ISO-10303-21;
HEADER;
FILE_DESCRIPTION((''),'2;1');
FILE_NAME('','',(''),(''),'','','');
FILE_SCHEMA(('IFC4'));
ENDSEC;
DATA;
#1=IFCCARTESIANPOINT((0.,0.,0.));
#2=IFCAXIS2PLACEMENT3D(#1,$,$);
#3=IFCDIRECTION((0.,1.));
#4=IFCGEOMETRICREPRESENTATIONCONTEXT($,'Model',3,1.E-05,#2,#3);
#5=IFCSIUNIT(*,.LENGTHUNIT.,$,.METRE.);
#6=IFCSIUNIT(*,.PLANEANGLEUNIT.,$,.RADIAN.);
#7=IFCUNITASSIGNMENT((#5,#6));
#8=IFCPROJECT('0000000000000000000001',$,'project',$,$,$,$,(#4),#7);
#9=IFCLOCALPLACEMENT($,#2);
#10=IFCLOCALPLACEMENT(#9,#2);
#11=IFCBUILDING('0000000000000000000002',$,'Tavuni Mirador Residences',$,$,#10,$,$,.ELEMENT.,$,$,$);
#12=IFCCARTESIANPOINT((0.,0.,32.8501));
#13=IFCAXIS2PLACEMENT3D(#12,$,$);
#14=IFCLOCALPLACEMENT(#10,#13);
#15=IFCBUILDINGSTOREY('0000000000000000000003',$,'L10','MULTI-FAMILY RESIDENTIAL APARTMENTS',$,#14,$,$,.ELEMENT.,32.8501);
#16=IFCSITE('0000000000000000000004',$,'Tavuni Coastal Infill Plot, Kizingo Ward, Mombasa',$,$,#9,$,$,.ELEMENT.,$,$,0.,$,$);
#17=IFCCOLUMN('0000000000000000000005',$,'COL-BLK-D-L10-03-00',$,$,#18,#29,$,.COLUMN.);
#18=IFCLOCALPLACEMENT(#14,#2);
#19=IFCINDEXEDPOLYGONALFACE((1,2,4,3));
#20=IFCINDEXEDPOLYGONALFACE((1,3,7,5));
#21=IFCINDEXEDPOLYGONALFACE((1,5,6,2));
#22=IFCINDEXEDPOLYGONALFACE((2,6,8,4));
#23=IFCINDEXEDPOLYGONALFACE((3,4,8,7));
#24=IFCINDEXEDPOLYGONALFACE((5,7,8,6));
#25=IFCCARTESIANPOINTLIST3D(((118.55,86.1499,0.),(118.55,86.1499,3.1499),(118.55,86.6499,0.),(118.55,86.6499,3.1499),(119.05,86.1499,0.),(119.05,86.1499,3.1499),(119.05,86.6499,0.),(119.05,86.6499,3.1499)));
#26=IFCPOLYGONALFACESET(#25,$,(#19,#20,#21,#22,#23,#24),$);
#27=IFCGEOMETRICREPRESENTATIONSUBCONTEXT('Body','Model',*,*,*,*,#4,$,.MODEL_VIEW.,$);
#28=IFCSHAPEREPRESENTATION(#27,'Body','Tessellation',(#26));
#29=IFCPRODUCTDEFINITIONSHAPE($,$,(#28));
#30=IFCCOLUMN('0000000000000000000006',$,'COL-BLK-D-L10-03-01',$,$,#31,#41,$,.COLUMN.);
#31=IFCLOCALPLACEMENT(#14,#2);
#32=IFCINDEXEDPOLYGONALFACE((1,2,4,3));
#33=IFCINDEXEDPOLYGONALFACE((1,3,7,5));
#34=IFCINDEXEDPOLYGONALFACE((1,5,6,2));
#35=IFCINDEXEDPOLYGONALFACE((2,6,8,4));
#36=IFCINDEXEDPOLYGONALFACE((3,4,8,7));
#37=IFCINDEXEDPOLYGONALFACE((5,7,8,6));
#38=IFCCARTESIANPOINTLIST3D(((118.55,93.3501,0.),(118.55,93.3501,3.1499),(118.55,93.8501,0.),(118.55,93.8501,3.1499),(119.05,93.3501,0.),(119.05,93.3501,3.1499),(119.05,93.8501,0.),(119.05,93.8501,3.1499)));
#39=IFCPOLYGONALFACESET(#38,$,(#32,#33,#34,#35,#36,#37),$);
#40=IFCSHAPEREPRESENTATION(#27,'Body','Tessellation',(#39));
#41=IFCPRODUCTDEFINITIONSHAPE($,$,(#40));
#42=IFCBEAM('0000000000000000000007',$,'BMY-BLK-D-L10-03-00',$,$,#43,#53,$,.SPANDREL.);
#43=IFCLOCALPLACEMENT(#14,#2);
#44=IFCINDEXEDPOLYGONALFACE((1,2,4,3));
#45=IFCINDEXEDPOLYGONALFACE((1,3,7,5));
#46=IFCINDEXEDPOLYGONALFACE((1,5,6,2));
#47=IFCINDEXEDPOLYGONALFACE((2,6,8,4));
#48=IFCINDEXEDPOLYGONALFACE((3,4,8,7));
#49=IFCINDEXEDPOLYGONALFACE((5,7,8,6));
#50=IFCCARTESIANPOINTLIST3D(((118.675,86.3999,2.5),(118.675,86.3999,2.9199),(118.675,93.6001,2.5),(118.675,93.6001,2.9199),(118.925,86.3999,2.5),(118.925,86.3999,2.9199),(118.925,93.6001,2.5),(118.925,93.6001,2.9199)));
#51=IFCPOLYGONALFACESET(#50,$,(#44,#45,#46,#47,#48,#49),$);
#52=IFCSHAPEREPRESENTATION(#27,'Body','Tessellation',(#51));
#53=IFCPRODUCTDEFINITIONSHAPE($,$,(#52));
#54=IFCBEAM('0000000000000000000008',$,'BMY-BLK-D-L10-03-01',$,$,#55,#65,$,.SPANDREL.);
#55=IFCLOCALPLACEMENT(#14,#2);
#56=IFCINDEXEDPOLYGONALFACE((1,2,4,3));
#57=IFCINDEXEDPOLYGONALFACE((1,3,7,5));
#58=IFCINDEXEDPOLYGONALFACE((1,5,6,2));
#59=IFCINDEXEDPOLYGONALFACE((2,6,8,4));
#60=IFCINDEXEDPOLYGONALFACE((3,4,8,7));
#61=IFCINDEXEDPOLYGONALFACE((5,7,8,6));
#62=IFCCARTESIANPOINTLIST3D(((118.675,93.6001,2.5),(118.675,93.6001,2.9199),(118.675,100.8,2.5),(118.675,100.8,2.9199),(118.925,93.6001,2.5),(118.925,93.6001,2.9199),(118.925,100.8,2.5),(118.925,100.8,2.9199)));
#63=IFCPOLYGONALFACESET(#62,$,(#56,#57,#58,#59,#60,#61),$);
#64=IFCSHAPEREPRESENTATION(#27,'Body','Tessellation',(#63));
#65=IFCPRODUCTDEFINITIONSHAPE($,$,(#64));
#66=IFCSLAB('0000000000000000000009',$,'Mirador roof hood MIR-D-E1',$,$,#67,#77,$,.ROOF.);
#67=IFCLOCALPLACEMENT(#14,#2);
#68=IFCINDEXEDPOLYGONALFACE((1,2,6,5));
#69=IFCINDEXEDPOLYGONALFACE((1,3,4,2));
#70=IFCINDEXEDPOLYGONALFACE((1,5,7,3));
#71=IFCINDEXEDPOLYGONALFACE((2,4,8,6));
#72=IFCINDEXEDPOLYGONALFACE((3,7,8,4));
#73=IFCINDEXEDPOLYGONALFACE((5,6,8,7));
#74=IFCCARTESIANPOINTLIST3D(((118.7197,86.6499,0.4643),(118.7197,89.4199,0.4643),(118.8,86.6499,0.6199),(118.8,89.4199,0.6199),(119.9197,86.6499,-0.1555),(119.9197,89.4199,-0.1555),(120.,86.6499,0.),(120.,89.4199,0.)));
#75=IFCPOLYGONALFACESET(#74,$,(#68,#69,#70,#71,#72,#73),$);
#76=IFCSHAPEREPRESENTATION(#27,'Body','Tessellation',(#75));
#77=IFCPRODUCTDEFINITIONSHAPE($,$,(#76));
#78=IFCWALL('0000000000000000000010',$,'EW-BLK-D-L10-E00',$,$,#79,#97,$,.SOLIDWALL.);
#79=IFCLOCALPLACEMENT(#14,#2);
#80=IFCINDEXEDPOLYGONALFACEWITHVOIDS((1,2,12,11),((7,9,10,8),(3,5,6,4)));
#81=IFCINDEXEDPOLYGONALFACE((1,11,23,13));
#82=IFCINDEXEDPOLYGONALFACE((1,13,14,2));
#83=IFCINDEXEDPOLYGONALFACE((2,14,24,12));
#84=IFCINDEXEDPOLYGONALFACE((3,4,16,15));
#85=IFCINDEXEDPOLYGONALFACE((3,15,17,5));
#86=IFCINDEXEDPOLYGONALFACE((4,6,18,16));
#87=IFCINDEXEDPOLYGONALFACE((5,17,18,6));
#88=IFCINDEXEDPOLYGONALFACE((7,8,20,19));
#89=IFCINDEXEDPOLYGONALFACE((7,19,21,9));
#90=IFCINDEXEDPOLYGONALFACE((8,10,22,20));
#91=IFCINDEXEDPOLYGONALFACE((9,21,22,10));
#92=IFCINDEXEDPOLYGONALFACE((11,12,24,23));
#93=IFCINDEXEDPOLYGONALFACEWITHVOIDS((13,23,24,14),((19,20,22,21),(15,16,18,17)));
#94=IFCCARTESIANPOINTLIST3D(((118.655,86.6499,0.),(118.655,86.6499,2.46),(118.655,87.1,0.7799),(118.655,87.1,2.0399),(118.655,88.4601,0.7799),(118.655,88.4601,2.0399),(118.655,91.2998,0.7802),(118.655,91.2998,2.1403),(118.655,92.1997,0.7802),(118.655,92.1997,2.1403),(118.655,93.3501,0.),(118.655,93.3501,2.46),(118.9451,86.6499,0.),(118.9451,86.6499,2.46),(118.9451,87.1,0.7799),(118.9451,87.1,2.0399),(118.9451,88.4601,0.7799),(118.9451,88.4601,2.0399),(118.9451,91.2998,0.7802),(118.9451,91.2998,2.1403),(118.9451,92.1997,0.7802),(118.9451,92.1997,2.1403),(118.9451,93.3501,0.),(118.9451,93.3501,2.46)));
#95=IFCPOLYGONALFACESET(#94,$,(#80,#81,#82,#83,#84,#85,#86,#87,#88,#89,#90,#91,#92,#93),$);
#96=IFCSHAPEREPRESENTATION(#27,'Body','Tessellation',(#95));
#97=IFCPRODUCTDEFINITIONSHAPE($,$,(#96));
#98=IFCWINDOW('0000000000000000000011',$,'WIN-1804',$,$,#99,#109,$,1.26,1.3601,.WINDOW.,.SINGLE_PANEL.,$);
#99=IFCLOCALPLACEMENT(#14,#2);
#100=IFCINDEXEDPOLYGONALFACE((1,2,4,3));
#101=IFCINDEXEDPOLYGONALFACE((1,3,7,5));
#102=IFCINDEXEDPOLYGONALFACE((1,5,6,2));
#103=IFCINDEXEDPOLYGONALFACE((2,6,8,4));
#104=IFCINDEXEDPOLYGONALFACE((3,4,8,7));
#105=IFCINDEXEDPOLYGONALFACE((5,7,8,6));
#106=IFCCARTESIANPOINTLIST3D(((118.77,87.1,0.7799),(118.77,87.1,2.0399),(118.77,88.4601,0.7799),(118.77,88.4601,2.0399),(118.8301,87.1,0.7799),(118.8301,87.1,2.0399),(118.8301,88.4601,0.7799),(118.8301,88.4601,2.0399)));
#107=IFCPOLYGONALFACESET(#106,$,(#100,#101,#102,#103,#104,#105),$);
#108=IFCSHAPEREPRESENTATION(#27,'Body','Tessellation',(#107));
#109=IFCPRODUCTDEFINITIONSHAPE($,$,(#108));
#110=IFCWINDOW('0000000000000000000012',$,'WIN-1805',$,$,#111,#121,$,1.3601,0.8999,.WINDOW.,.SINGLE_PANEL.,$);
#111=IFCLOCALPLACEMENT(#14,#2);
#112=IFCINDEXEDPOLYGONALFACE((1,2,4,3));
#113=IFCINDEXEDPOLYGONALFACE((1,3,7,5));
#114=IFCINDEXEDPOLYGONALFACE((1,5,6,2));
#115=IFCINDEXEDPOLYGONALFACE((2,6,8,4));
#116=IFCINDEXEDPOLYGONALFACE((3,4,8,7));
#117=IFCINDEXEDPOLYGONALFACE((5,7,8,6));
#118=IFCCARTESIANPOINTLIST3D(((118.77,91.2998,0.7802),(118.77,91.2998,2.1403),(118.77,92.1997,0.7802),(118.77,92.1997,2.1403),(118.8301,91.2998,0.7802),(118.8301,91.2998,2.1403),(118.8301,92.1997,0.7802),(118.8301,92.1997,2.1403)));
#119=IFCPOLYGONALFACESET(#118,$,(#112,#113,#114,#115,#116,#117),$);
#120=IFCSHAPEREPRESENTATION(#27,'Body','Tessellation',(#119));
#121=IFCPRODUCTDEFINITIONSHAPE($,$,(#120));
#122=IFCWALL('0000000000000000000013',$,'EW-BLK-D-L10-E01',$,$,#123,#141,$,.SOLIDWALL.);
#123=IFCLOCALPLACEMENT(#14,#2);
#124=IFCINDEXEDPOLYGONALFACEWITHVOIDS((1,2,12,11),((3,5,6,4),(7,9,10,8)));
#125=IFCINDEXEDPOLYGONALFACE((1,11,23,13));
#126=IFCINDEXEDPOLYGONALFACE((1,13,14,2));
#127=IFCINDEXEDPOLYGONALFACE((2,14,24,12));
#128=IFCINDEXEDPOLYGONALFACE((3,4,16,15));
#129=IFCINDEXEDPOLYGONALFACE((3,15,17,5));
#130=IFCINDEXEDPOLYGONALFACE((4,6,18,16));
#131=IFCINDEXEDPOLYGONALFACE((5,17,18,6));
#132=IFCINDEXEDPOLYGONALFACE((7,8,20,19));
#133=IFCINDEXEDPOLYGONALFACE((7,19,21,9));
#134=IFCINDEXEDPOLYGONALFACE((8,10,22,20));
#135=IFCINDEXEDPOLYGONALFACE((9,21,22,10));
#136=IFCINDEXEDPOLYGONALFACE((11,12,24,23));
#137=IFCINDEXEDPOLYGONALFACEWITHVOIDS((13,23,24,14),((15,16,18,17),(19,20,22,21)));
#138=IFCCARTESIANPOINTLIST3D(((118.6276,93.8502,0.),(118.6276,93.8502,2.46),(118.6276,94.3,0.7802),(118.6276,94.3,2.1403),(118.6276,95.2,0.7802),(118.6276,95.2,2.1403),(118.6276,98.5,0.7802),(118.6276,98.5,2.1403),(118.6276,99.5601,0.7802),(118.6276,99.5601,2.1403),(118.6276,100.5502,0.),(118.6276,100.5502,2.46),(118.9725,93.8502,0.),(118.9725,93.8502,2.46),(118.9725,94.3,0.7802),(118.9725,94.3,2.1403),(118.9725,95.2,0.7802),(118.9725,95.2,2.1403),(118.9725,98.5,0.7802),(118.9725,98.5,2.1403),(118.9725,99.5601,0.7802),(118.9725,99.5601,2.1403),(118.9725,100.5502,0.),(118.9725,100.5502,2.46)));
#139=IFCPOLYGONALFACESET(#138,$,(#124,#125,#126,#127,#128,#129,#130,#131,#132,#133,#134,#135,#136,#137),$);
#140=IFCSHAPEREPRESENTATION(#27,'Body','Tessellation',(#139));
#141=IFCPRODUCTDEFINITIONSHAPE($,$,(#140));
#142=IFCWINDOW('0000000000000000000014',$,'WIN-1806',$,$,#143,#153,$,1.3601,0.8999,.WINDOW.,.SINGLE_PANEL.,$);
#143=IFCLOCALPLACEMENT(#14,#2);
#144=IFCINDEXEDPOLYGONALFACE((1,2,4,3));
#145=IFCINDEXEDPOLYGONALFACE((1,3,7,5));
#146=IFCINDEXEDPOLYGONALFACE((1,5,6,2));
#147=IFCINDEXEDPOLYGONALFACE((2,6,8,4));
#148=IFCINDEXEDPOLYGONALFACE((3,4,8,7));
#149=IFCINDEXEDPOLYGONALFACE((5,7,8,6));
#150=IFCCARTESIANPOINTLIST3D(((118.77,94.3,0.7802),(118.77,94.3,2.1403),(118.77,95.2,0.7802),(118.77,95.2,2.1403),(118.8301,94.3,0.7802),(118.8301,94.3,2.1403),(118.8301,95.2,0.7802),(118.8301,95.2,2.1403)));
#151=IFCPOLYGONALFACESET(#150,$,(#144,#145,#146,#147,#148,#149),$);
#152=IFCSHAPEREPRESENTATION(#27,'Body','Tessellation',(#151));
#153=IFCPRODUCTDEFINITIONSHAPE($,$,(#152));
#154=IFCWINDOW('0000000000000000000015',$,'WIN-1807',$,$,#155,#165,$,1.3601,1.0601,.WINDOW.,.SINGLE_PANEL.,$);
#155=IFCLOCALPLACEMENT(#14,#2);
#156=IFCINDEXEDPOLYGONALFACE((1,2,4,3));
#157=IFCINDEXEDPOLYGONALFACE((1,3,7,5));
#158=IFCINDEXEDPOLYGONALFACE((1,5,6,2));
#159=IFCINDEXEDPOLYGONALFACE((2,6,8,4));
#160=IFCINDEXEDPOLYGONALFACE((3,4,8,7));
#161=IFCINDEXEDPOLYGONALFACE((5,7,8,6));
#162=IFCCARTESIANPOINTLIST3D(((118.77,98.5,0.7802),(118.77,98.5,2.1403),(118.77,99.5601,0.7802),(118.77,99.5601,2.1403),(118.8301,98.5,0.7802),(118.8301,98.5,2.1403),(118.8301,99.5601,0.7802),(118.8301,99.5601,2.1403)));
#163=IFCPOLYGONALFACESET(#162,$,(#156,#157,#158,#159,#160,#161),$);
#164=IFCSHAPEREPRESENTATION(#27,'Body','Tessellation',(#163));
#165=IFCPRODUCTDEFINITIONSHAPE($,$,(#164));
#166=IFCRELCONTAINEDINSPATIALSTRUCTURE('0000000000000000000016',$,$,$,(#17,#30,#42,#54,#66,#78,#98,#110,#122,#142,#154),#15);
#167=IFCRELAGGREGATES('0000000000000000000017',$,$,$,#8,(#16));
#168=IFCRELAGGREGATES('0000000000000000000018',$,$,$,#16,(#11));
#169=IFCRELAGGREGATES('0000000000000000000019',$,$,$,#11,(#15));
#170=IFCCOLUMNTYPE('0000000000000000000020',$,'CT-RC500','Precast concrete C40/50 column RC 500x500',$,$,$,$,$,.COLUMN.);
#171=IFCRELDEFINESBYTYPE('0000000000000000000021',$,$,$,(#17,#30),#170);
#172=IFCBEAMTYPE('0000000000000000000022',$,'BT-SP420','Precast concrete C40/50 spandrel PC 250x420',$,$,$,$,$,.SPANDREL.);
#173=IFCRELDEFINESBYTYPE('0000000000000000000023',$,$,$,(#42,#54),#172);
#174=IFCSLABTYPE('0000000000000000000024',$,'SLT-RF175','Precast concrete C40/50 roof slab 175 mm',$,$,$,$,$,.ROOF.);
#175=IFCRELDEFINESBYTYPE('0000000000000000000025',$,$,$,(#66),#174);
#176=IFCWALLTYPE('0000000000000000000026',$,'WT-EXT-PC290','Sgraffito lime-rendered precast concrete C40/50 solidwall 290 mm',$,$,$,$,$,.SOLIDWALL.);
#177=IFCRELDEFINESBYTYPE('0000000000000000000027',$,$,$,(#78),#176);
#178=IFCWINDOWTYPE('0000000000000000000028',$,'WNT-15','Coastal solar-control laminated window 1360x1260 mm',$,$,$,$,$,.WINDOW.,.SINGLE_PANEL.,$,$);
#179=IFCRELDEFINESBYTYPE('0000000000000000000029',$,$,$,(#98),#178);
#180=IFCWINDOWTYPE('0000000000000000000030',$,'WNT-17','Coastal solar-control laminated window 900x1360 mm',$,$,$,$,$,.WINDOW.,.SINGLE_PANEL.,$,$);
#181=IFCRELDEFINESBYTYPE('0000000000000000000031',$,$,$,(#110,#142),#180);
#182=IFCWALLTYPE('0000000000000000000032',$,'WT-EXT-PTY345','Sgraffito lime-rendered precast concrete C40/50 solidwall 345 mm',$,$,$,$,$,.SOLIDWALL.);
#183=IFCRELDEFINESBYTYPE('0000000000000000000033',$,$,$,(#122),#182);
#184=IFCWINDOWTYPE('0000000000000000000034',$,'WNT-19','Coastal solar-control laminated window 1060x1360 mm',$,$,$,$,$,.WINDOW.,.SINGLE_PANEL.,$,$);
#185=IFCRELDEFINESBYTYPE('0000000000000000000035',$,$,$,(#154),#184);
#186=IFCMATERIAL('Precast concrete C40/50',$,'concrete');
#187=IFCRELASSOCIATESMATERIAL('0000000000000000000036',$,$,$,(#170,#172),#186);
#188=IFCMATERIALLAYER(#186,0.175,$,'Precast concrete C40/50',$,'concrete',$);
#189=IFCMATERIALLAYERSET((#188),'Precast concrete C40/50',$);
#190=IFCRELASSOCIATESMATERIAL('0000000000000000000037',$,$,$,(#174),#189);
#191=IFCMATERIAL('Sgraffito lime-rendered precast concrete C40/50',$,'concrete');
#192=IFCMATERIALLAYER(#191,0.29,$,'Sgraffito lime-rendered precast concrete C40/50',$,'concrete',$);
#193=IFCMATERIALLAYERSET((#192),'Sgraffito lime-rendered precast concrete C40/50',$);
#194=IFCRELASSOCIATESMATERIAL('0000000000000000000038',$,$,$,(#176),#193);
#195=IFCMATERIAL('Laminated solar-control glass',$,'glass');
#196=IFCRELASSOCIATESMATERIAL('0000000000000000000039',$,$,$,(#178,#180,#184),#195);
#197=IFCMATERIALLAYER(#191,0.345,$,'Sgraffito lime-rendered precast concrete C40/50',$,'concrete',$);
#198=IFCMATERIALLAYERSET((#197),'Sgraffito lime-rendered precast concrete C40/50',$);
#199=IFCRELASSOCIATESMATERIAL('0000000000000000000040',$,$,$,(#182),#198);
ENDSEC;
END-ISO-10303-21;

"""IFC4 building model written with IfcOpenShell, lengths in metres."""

from ifc_helpers import new_model, si_unit, direction, frame, frame_2d, origin, origin_2d, place, context, subcontext, project, spatial, polyline, rectangle, outline, extrude, material, layer, layer_set, material_profile, profile_set, type_object, element, fill, save


model = new_model("IFC4")

# Units and contexts
model_context = context("Model", 3, precision=1e-05, world=origin(), true_north=direction((0.0, 1.0)))
body_context = subcontext(model_context, "Body", "Model", "MODEL_VIEW")
ifc_project = project(units=[si_unit("LENGTHUNIT", "METRE"), si_unit("PLANEANGLEUNIT", "RADIAN")], contexts=[model_context])

# Site, building, storey
site_placement = place(None, origin())
site = spatial("IfcSite", under=ifc_project, at=site_placement, Name="Tavuni Coastal Infill Plot, Kizingo Ward, Mombasa", CompositionType="ELEMENT", RefElevation=0.0)
building_placement = place(site_placement, origin())
building = spatial("IfcBuilding", under=site, at=building_placement, Name="Tavuni Mirador Residences", CompositionType="ELEMENT")
storey_placement = place(building_placement, frame((0.0, 0.0, 32.8501)))
storey = spatial("IfcBuildingStorey", under=building, at=storey_placement, Name="L10", Description="MULTI-FAMILY RESIDENTIAL APARTMENTS", CompositionType="ELEMENT", Elevation=32.8501)

# Columns
ifc_material_1 = material(Name="Precast concrete C40/50", Category="concrete")
ifc_material_profile_1 = material_profile(ifc_material_1, rectangle(XDim=0.5, YDim=0.5, at=origin_2d()), Name="RC 500x500", Category="concrete")
ifc_profile_set_1 = profile_set([ifc_material_profile_1], Name="Precast concrete C40/50")
column_type = type_object("IfcColumnType", Name="CT-RC500", Description="Precast concrete C40/50 column RC 500x500", PredefinedType="COLUMN", material=ifc_profile_set_1)
for number, where, z_axis, x_axis, name in (
    (1, (118.8, 86.3999, 0.0), (0.0, 0.0, 1.0), (1.0, 0.0, 0.0), "COL-BLK-D-L10-03-00"),
    (2, (118.8, 93.6001, 0.0), (0.0, 0.0, 1.0), (1.0, 0.0, 0.0), "COL-BLK-D-L10-03-01"),
):
    element("IfcColumn", number, at=place(storey_placement, frame(where, z_axis=z_axis, x_axis=x_axis)), inside=storey, type_object=column_type, Name=name, PredefinedType="COLUMN", context=body_context, shape_type="SweptSolid", body=[
        extrude(rectangle(XDim=0.5, YDim=0.5, at=origin_2d()), origin(), (0.0, 0.0, 1.0), 3.1499),
    ])

# Beams
ifc_material_profile_2 = material_profile(ifc_material_1, rectangle(XDim=0.25, YDim=0.4199, at=origin_2d()), Name="PC 250x420", Category="concrete")
ifc_profile_set_2 = profile_set([ifc_material_profile_2], Name="Precast concrete C40/50")
beam_type = type_object("IfcBeamType", Name="BT-SP420", Description="Precast concrete C40/50 spandrel PC 250x420", PredefinedType="SPANDREL", material=ifc_profile_set_2)
beam_1_placement = place(storey_placement, frame((118.8, 86.3999, 2.71), z_axis=(0.0, 1.0, 0.0), x_axis=(-1.0, 0.0, 0.0)))
element("IfcBeam", 3, at=beam_1_placement, inside=storey, type_object=beam_type, Name="BMY-BLK-D-L10-03-00", PredefinedType="SPANDREL", context=body_context, shape_type="SweptSolid", body=[
    extrude(rectangle(XDim=0.25, YDim=0.4199, at=origin_2d()), origin(), (0.0, 0.0, 1.0), 7.2002),
])
beam_2_placement = place(storey_placement, frame((118.8, 93.6001, 2.71), z_axis=(0.0, 1.0, 0.0), x_axis=(-1.0, 0.0, 0.0)))
element("IfcBeam", 4, at=beam_2_placement, inside=storey, type_object=beam_type, Name="BMY-BLK-D-L10-03-01", PredefinedType="SPANDREL", context=body_context, shape_type="SweptSolid", body=[
    extrude(rectangle(XDim=0.25, YDim=0.4199, at=origin_2d()), origin(), (0.0, 0.0, 1.0), 7.2),
])

# Slab
ifc_layer_1 = layer(ifc_material_1, 0.175, Name="Precast concrete C40/50", Category="concrete")
ifc_layer_set_1 = layer_set([ifc_layer_1], Name="Precast concrete C40/50")
slab_type = type_object("IfcSlabType", Name="SLT-RF175", Description="Precast concrete C40/50 roof slab 175 mm", PredefinedType="ROOF", material=ifc_layer_set_1)
slab_placement = place(storey_placement, frame((118.8, 86.6499, 0.6199), z_axis=(0.458961, 0.0, 0.888457), x_axis=(0.0, 1.0, 0.0)))
element("IfcSlab", 5, at=slab_placement, inside=storey, type_object=slab_type, Name="Mirador roof hood MIR-D-E1", PredefinedType="ROOF", context=body_context, shape_type="SweptSolid", body=[
    extrude(outline(polyline([(0.0, 0.0), (2.77, 0.0), (2.77, -1.3506), (0.0, -1.3506), (0.0, 0.0)])), origin(), (0.0, 0.0, -1.0), 0.175),
])

# Walls, openings, windows
ifc_material_2 = material(Name="Sgraffito lime-rendered precast concrete C40/50", Category="concrete")
ifc_layer_2 = layer(ifc_material_2, 0.29, Name="Sgraffito lime-rendered precast concrete C40/50", Category="concrete")
ifc_layer_set_2 = layer_set([ifc_layer_2], Name="Sgraffito lime-rendered precast concrete C40/50")
wall_type_1 = type_object("IfcWallType", Name="WT-EXT-PC290", Description="Sgraffito lime-rendered precast concrete C40/50 solidwall 290 mm", PredefinedType="SOLIDWALL", material=ifc_layer_set_2)
wall_1_placement = place(storey_placement, frame((118.8, 86.6499, 0.0), z_axis=(0.0, 0.0, 1.0), x_axis=(0.0, 1.0, 0.0)))
wall_1 = element("IfcWall", 6, at=wall_1_placement, inside=storey, type_object=wall_type_1, Name="EW-BLK-D-L10-E00", PredefinedType="SOLIDWALL", context=body_context, shape_type="SweptSolid", body=[
    extrude(rectangle(XDim=6.7002, YDim=0.29, at=frame_2d((3.3501, 0.0))), origin(), (0.0, 0.0, 1.0), 2.46),
])
opening_1_placement = place(wall_1_placement, frame((0.45, 0.0, 0.78)))
opening_1 = element("IfcOpeningElement", 7, at=opening_1_placement, cuts=wall_1, PredefinedType="OPENING", context=body_context, shape_type="SweptSolid", body=[
    extrude(rectangle(XDim=1.3601, YDim=1.26, at=frame_2d((0.6802, 0.6299))), frame((0.0, 0.155, 0.0), z_axis=(0.0, -1.0, 0.0), x_axis=(1.0, 0.0, 0.0)), (0.0, 0.0, 1.0), 0.3101),
])
opening_2_placement = place(wall_1_placement, frame((4.6499, 0.0, 0.78)))
opening_2 = element("IfcOpeningElement", 8, at=opening_2_placement, cuts=wall_1, PredefinedType="OPENING", context=body_context, shape_type="SweptSolid", body=[
    extrude(rectangle(XDim=0.8999, YDim=1.3601, at=frame_2d((0.45, 0.6802))), frame((0.0, 0.155, 0.0), z_axis=(0.0, -1.0, 0.0), x_axis=(1.0, 0.0, 0.0)), (0.0, 0.0, 1.0), 0.3101),
])
ifc_material_3 = material(Name="Laminated solar-control glass", Category="glass")
window_type_1 = type_object("IfcWindowType", Name="WNT-15", Description="Coastal solar-control laminated window 1360x1260 mm", PartitioningType="SINGLE_PANEL", PredefinedType="WINDOW", material=ifc_material_3)
window_1_placement = place(opening_1_placement, origin())
window_1 = element("IfcWindow", 9, at=window_1_placement, inside=storey, type_object=window_type_1, Name="WIN-1804", OverallHeight=1.26, OverallWidth=1.3601, PartitioningType="SINGLE_PANEL", PredefinedType="WINDOW", context=body_context, shape_type="SweptSolid", body=[
    extrude(rectangle(XDim=1.3601, YDim=1.26, at=frame_2d((0.6802, 0.6299))), frame((0.0, 0.03, 0.0), z_axis=(0.0, -1.0, 0.0), x_axis=(1.0, 0.0, 0.0)), (0.0, 0.0, 1.0), 0.0601),
])
fill(opening_1, window_1)
window_type_2 = type_object("IfcWindowType", Name="WNT-17", Description="Coastal solar-control laminated window 900x1360 mm", PartitioningType="SINGLE_PANEL", PredefinedType="WINDOW", material=ifc_material_3)
window_2_placement = place(opening_2_placement, origin())
window_2 = element("IfcWindow", 10, at=window_2_placement, inside=storey, type_object=window_type_2, Name="WIN-1805", OverallHeight=1.3601, OverallWidth=0.8999, PartitioningType="SINGLE_PANEL", PredefinedType="WINDOW", context=body_context, shape_type="SweptSolid", body=[
    extrude(rectangle(XDim=0.8999, YDim=1.3601, at=frame_2d((0.45, 0.6802))), frame((0.0, 0.03, 0.0), z_axis=(0.0, -1.0, 0.0), x_axis=(1.0, 0.0, 0.0)), (0.0, 0.0, 1.0), 0.0601),
])
fill(opening_2, window_2)
ifc_layer_3 = layer(ifc_material_2, 0.345, Name="Sgraffito lime-rendered precast concrete C40/50", Category="concrete")
ifc_layer_set_3 = layer_set([ifc_layer_3], Name="Sgraffito lime-rendered precast concrete C40/50")
wall_type_2 = type_object("IfcWallType", Name="WT-EXT-PTY345", Description="Sgraffito lime-rendered precast concrete C40/50 solidwall 345 mm", PredefinedType="SOLIDWALL", material=ifc_layer_set_3)
wall_2_placement = place(storey_placement, frame((118.8, 93.8501, 0.0), z_axis=(0.0, 0.0, 1.0), x_axis=(0.0, 1.0, 0.0)))
wall_2 = element("IfcWall", 11, at=wall_2_placement, inside=storey, type_object=wall_type_2, Name="EW-BLK-D-L10-E01", PredefinedType="SOLIDWALL", context=body_context, shape_type="SweptSolid", body=[
    extrude(rectangle(XDim=6.7, YDim=0.345, at=frame_2d((3.3501, 0.0))), origin(), (0.0, 0.0, 1.0), 2.46),
])
opening_3_placement = place(wall_2_placement, frame((0.45, 0.0, 0.78)))
opening_3 = element("IfcOpeningElement", 12, at=opening_3_placement, cuts=wall_2, PredefinedType="OPENING", context=body_context, shape_type="SweptSolid", body=[
    extrude(rectangle(XDim=0.8999, YDim=1.3601, at=frame_2d((0.45, 0.6802))), frame((0.0, 0.1826, 0.0), z_axis=(0.0, -1.0, 0.0), x_axis=(1.0, 0.0, 0.0)), (0.0, 0.0, 1.0), 0.365),
])
opening_4_placement = place(wall_2_placement, frame((4.6499, 0.0, 0.78)))
opening_4 = element("IfcOpeningElement", 13, at=opening_4_placement, cuts=wall_2, PredefinedType="OPENING", context=body_context, shape_type="SweptSolid", body=[
    extrude(rectangle(XDim=1.0601, YDim=1.3601, at=frame_2d((0.53, 0.6802))), frame((0.0, 0.1826, 0.0), z_axis=(0.0, -1.0, 0.0), x_axis=(1.0, 0.0, 0.0)), (0.0, 0.0, 1.0), 0.365),
])
window_3_placement = place(opening_3_placement, origin())
window_3 = element("IfcWindow", 14, at=window_3_placement, inside=storey, type_object=window_type_2, Name="WIN-1806", OverallHeight=1.3601, OverallWidth=0.8999, PartitioningType="SINGLE_PANEL", PredefinedType="WINDOW", context=body_context, shape_type="SweptSolid", body=[
    extrude(rectangle(XDim=0.8999, YDim=1.3601, at=frame_2d((0.45, 0.6802))), frame((0.0, 0.03, 0.0), z_axis=(0.0, -1.0, 0.0), x_axis=(1.0, 0.0, 0.0)), (0.0, 0.0, 1.0), 0.0601),
])
fill(opening_3, window_3)
window_type_3 = type_object("IfcWindowType", Name="WNT-19", Description="Coastal solar-control laminated window 1060x1360 mm", PartitioningType="SINGLE_PANEL", PredefinedType="WINDOW", material=ifc_material_3)
window_4_placement = place(opening_4_placement, origin())
window_4 = element("IfcWindow", 15, at=window_4_placement, inside=storey, type_object=window_type_3, Name="WIN-1807", OverallHeight=1.3601, OverallWidth=1.0601, PartitioningType="SINGLE_PANEL", PredefinedType="WINDOW", context=body_context, shape_type="SweptSolid", body=[
    extrude(rectangle(XDim=1.0601, YDim=1.3601, at=frame_2d((0.53, 0.6802))), frame((0.0, 0.03, 0.0), z_axis=(0.0, -1.0, 0.0), x_axis=(1.0, 0.0, 0.0)), (0.0, 0.0, 1.0), 0.0601),
])
fill(opening_4, window_4)

save(model, "model.ifc")
